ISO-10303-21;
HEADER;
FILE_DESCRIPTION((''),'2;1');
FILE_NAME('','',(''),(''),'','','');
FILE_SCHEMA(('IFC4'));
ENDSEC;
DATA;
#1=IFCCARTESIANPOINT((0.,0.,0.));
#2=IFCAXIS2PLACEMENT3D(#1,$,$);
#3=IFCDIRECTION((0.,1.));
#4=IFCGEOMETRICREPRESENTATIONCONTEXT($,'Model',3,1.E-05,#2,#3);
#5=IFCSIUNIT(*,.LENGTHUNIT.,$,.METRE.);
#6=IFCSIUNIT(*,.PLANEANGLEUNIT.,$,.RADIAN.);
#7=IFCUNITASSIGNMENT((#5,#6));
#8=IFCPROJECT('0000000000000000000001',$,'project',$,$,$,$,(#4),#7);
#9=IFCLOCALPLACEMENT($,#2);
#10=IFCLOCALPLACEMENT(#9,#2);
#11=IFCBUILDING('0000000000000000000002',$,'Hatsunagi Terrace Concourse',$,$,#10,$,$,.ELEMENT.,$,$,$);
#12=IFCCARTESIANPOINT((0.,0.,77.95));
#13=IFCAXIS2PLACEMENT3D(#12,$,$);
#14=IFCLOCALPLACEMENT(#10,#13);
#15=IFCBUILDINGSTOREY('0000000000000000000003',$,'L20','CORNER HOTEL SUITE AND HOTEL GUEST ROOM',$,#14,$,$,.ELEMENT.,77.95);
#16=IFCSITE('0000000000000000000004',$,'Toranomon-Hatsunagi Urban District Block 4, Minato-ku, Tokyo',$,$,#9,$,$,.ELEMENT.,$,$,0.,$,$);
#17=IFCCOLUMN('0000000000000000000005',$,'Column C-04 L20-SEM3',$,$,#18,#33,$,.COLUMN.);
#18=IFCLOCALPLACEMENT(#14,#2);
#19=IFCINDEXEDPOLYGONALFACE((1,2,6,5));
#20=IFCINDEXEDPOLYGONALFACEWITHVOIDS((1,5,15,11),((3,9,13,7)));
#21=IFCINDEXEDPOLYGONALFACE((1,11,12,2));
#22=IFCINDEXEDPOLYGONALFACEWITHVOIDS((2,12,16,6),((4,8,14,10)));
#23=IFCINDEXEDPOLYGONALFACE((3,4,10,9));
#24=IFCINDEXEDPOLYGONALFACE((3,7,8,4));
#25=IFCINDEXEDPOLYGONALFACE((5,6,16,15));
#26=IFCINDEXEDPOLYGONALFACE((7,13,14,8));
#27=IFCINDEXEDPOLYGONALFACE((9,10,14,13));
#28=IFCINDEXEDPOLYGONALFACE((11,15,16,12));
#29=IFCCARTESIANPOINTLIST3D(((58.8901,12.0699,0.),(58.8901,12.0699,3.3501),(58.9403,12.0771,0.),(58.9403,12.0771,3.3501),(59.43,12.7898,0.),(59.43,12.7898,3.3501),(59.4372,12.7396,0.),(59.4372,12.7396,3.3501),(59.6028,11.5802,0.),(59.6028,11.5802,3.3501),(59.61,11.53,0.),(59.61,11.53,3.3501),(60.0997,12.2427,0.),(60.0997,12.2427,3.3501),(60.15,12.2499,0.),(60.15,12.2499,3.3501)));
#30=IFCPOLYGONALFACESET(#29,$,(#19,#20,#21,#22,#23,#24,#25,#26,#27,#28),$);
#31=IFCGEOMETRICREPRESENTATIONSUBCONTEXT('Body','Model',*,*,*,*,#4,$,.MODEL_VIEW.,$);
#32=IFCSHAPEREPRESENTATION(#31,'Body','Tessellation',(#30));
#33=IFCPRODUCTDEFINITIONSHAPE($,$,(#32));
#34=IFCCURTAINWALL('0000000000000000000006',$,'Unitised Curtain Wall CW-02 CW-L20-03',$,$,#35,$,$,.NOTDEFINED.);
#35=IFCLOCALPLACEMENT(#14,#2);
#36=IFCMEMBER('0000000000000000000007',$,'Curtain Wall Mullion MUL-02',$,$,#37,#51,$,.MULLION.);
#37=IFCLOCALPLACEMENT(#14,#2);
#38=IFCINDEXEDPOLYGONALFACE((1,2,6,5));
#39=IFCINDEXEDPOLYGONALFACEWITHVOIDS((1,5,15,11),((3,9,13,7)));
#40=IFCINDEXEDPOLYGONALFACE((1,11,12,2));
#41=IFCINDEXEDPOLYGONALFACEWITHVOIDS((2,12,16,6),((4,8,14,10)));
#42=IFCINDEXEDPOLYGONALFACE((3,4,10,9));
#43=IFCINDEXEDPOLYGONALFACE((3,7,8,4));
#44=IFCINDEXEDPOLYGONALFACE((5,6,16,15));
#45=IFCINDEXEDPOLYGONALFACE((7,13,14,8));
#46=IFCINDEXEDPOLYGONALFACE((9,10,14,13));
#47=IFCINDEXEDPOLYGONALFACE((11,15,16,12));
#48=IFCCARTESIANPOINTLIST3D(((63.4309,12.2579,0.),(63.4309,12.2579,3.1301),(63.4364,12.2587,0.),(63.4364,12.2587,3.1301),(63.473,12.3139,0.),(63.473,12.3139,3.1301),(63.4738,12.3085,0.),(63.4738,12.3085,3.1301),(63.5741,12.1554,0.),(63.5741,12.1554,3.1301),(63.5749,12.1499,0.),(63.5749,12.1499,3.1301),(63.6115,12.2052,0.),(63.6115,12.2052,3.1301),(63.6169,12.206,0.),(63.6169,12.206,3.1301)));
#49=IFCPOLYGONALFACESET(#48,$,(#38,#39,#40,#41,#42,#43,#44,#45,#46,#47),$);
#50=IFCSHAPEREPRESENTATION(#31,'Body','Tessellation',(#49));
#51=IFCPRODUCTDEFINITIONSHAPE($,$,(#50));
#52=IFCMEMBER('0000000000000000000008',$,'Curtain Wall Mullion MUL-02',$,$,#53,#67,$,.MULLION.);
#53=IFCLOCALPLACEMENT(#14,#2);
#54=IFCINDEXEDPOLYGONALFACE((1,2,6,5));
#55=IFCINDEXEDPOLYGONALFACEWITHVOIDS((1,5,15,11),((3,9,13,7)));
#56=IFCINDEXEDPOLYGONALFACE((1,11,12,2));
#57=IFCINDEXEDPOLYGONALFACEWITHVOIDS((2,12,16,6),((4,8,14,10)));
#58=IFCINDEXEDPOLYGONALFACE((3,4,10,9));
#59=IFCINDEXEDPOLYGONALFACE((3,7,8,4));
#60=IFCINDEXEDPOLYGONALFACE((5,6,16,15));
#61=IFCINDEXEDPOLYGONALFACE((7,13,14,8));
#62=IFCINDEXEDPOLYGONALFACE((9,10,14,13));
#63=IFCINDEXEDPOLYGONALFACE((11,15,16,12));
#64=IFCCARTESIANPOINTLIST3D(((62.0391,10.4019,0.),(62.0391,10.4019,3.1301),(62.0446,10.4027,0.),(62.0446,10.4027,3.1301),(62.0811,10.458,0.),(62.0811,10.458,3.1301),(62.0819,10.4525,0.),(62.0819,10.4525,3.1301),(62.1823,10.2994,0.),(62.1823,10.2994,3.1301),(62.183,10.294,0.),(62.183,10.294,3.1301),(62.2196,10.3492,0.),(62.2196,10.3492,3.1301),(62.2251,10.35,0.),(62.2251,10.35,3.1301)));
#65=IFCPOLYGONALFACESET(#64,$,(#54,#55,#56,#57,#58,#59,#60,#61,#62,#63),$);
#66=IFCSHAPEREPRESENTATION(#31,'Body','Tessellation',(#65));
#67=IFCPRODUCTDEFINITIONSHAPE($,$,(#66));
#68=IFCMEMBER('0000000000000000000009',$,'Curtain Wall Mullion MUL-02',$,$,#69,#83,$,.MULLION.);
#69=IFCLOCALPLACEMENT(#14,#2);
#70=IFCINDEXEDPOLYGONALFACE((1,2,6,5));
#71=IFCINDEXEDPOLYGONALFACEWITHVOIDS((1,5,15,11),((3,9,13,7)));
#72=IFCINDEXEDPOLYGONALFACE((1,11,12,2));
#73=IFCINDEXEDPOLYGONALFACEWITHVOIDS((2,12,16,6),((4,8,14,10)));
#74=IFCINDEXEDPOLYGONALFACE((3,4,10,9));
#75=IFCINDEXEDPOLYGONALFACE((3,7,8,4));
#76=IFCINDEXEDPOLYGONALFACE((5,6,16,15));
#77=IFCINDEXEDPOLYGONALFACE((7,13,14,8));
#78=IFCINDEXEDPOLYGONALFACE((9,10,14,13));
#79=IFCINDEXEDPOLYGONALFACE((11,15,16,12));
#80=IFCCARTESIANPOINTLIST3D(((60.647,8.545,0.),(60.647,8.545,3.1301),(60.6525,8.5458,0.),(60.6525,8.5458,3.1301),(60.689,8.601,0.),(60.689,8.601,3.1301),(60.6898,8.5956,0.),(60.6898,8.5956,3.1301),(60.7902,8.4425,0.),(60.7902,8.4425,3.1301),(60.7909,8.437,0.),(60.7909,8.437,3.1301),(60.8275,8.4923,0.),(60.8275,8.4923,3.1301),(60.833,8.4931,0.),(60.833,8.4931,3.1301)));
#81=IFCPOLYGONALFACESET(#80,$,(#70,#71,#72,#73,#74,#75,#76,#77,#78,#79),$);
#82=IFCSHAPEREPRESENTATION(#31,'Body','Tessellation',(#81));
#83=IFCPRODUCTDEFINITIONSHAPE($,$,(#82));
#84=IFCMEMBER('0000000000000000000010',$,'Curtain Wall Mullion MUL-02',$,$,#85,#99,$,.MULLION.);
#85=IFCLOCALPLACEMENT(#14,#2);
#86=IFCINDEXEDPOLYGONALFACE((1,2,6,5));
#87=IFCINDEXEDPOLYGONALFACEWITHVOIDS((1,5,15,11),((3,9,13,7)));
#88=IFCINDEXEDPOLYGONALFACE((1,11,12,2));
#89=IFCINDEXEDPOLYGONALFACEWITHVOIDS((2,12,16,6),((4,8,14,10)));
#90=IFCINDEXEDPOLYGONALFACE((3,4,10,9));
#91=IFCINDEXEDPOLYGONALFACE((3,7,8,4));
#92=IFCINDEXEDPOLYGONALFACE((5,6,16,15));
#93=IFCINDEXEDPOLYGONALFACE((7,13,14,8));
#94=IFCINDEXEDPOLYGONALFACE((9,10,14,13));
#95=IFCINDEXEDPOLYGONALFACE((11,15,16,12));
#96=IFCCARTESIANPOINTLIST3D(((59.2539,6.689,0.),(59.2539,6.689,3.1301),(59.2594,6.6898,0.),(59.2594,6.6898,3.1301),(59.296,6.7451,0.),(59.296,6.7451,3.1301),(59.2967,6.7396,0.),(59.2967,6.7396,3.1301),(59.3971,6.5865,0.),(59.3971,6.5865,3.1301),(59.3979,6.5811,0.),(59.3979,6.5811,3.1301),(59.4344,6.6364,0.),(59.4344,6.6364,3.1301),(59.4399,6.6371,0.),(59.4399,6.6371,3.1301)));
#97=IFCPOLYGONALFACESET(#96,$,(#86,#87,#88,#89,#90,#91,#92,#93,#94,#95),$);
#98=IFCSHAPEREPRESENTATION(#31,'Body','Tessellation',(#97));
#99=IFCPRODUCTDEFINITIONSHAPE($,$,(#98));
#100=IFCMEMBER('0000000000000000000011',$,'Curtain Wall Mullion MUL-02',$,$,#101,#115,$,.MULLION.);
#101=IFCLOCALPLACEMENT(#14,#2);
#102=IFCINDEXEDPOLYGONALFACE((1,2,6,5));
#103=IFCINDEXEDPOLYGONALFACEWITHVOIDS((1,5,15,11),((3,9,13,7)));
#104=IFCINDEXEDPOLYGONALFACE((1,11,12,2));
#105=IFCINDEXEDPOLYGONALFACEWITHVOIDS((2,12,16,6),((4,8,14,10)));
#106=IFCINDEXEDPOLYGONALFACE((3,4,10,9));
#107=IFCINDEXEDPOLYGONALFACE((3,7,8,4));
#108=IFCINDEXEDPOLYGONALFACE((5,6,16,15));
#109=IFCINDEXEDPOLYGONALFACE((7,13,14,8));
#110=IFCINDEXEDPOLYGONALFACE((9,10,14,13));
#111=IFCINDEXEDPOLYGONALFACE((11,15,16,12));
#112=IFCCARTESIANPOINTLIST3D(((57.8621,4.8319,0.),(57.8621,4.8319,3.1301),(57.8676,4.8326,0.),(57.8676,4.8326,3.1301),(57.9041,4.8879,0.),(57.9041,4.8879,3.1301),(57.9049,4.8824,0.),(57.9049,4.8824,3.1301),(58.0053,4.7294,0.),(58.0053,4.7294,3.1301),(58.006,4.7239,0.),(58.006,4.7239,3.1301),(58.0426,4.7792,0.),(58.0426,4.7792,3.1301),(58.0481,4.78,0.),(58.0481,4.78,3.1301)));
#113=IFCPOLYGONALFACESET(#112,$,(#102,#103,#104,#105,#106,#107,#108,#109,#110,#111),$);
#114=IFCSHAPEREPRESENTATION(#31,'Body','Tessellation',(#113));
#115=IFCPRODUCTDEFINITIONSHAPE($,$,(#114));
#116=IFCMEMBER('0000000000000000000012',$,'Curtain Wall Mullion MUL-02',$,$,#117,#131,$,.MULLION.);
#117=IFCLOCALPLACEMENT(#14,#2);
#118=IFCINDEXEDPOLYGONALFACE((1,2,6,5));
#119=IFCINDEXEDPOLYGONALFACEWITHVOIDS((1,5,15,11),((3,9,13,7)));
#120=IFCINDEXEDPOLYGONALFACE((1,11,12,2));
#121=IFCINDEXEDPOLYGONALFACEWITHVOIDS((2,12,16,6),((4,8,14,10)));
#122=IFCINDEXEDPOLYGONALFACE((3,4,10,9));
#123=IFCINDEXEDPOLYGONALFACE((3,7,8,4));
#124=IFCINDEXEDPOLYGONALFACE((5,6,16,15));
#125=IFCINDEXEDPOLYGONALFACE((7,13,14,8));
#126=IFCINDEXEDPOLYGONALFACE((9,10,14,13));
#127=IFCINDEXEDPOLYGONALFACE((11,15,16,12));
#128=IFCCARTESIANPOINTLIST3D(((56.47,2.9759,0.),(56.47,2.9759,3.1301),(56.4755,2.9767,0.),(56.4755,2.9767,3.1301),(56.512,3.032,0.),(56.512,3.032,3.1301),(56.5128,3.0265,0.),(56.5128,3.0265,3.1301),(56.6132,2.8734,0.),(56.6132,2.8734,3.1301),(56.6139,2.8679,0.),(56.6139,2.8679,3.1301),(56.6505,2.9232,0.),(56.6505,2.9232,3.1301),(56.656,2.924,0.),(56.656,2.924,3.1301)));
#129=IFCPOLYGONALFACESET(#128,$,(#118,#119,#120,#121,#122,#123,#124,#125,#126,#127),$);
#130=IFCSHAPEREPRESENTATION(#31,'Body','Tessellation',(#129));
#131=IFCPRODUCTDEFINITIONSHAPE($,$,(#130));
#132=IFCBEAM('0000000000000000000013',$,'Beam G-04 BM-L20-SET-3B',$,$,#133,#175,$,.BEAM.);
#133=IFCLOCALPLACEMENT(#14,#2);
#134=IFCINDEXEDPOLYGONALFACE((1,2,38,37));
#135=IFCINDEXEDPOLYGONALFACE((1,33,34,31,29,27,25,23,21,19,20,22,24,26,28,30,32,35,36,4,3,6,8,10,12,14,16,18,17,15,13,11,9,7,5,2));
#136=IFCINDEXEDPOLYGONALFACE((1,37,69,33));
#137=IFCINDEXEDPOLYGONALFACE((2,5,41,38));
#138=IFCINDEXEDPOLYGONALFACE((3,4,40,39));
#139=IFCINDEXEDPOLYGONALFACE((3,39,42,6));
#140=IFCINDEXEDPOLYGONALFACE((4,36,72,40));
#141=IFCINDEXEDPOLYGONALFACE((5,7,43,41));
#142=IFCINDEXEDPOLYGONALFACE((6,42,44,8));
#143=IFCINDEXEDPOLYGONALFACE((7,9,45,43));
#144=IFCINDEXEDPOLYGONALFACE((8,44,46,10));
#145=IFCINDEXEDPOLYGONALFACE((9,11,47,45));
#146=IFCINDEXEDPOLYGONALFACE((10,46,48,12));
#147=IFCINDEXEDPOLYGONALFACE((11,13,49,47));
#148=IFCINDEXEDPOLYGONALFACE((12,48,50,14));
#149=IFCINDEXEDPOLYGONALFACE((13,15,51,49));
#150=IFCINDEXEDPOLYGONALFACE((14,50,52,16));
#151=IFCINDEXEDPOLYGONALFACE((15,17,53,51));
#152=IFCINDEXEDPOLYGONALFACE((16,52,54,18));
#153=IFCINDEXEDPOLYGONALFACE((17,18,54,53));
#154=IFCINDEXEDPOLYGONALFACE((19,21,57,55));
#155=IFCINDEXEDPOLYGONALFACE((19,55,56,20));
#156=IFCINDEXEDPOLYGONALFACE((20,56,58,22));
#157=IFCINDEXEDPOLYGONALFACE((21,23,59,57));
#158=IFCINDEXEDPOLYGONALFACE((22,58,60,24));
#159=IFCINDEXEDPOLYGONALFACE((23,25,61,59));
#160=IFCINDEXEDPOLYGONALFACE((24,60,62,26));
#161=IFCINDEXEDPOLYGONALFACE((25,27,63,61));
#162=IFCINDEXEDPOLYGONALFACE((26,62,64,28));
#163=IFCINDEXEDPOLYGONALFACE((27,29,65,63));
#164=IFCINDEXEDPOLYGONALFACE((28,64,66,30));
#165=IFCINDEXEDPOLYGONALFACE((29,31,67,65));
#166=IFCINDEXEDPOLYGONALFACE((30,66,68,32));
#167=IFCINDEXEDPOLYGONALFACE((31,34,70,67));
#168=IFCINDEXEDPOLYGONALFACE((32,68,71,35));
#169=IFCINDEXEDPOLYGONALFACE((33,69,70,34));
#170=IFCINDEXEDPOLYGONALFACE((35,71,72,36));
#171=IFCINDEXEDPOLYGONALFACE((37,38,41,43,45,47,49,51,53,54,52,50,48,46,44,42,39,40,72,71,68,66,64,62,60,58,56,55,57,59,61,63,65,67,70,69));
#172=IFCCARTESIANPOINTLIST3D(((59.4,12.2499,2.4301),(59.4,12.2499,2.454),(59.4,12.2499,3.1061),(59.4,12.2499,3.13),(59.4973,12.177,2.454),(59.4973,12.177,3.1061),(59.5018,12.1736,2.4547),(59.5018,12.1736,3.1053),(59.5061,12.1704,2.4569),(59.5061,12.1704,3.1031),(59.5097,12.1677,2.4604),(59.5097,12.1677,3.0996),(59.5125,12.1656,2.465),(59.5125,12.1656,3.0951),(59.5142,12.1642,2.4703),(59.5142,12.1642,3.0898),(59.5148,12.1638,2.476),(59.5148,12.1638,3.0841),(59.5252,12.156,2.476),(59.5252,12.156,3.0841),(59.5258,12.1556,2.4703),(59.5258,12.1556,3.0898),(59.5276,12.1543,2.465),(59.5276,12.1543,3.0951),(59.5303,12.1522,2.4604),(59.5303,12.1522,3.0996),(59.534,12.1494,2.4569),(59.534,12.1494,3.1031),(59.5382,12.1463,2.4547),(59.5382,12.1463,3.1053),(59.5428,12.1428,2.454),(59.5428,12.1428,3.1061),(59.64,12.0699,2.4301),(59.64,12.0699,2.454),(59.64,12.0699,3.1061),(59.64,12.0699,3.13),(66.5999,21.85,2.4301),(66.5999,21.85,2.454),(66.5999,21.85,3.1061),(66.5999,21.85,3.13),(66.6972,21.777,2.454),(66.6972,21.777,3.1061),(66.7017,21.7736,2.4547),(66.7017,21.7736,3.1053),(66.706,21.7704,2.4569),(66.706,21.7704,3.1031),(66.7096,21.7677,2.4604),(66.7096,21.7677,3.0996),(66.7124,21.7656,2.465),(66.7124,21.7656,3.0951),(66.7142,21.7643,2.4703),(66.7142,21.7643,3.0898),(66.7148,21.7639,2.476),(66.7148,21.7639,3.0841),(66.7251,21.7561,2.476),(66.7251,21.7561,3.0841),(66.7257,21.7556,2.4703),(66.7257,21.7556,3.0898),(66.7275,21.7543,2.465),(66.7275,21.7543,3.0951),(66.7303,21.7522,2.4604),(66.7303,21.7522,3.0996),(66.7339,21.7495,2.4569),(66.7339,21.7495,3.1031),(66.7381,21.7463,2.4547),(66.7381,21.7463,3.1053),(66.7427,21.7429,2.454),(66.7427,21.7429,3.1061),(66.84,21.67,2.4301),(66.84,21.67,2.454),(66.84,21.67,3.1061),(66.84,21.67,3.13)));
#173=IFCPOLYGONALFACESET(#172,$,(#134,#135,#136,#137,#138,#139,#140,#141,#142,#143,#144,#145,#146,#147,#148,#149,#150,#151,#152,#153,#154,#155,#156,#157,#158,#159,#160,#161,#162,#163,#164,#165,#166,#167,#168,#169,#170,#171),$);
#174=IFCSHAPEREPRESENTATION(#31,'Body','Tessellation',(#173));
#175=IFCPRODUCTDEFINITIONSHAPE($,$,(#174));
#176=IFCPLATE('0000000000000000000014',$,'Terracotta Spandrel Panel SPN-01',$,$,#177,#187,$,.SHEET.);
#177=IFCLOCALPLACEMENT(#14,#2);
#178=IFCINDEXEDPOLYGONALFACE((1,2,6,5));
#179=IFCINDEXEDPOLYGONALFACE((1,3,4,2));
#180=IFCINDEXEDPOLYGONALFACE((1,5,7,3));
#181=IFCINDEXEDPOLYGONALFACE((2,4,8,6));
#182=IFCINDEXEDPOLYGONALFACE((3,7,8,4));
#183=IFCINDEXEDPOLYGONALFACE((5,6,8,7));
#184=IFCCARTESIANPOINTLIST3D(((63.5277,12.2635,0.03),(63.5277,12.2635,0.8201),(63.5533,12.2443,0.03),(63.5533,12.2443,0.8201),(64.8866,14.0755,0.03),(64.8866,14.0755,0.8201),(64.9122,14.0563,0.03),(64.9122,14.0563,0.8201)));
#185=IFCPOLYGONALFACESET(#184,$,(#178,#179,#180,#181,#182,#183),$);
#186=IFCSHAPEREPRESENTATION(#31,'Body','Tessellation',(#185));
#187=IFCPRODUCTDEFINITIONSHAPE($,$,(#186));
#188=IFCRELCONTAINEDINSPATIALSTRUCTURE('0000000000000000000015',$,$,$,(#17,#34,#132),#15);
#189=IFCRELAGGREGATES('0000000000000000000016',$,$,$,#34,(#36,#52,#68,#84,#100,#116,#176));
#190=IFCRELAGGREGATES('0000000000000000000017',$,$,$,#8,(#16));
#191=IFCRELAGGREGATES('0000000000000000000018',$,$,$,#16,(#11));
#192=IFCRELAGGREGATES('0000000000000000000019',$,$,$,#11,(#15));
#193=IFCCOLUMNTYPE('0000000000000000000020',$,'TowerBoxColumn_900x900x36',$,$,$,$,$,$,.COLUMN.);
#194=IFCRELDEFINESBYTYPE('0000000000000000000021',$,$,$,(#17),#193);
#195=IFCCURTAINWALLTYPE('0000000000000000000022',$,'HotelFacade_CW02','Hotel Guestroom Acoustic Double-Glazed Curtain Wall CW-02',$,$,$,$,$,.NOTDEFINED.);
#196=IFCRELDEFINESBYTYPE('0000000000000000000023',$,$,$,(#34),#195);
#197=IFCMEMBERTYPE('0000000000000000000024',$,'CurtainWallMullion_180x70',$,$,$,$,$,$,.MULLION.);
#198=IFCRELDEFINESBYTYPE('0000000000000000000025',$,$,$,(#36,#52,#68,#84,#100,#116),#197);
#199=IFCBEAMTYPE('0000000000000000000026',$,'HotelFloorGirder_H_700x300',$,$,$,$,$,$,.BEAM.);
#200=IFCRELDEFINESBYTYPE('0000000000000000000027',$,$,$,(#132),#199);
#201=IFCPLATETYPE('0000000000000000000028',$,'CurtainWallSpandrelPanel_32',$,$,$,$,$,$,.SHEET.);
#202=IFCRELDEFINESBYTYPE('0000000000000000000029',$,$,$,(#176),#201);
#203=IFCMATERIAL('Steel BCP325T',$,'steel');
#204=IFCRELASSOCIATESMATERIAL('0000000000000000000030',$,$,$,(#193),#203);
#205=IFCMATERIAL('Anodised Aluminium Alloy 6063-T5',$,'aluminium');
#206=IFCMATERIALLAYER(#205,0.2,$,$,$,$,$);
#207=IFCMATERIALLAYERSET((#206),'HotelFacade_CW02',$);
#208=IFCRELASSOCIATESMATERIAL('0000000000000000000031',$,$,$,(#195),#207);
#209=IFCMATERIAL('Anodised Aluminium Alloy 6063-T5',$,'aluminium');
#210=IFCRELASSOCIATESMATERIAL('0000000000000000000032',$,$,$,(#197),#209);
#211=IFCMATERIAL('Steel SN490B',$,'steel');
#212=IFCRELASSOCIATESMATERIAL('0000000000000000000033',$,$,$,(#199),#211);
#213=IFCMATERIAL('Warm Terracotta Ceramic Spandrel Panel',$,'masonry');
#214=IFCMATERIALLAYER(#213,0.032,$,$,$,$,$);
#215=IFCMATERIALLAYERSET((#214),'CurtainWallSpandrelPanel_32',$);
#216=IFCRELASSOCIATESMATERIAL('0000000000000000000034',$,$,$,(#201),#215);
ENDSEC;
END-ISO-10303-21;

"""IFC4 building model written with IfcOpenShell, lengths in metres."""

from ifc_helpers import new_model, si_unit, direction, frame, origin, origin_2d, place, context, subcontext, project, spatial, rectangle, hollow_rectangle, i_section, extrude, material, layer, layer_set, material_profile, profile_set, type_object, element, aggregate, save


model = new_model("IFC4")

# Units and contexts
model_context = context("Model", 3, precision=1e-05, world=origin(), true_north=direction((0.0, 1.0)))
body_context = subcontext(model_context, "Body", "Model", "MODEL_VIEW")
ifc_project = project(units=[si_unit("LENGTHUNIT", "METRE"), si_unit("PLANEANGLEUNIT", "RADIAN")], contexts=[model_context])

# Site, building, storey
site_placement = place(None, origin())
site = spatial("IfcSite", under=ifc_project, at=site_placement, Name="Toranomon-Hatsunagi Urban District Block 4, Minato-ku, Tokyo", CompositionType="ELEMENT", RefElevation=0.0)
building_placement = place(site_placement, origin())
building = spatial("IfcBuilding", under=site, at=building_placement, Name="Hatsunagi Terrace Concourse", CompositionType="ELEMENT")
storey_placement = place(building_placement, frame((0.0, 0.0, 77.95)))
storey = spatial("IfcBuildingStorey", under=building, at=storey_placement, Name="L20", Description="CORNER HOTEL SUITE AND HOTEL GUEST ROOM", CompositionType="ELEMENT", Elevation=77.95)

# Column
ifc_material_1 = material(Name="Steel BCP325T", Category="steel")
ifc_material_profile_1 = material_profile(ifc_material_1, hollow_rectangle(XDim=0.8999, YDim=0.8999, WallThickness=0.0359, at=origin_2d()), Name="BCP-900x900x36")
ifc_profile_set_1 = profile_set([ifc_material_profile_1], Name="Steel BCP325T")
column_type = type_object("IfcColumnType", Name="TowerBoxColumn_900x900x36", PredefinedType="COLUMN", material=ifc_profile_set_1)
column_placement = place(storey_placement, frame((59.52, 12.1599, 0.0), z_axis=(0.0, 0.0, 1.0), x_axis=(0.8, -0.6, 0.0)))
element("IfcColumn", 1, at=column_placement, inside=storey, type_object=column_type, Name="Column C-04 L20-SEM3", PredefinedType="COLUMN", context=body_context, shape_type="SweptSolid", body=[
    extrude(hollow_rectangle(XDim=0.8999, YDim=0.8999, WallThickness=0.0359, at=origin_2d()), origin(), (0.0, 0.0, 1.0), 3.3501),
])

# Curtain wall, members
ifc_material_2 = material(Name="Anodised Aluminium Alloy 6063-T5", Category="aluminium")
ifc_layer_1 = layer(ifc_material_2, 0.2)
ifc_layer_set_1 = layer_set([ifc_layer_1], Name="HotelFacade_CW02")
curtain_wall_type = type_object("IfcCurtainWallType", Name="HotelFacade_CW02", Description="Hotel Guestroom Acoustic Double-Glazed Curtain Wall CW-02", PredefinedType="NOTDEFINED", material=ifc_layer_set_1)
curtain_wall_placement = place(storey_placement, origin())
curtain_wall = element("IfcCurtainWall", 2, at=curtain_wall_placement, inside=storey, type_object=curtain_wall_type, Name="Unitised Curtain Wall CW-02 CW-L20-03", PredefinedType="NOTDEFINED")
ifc_material_3 = material(Name="Anodised Aluminium Alloy 6063-T5", Category="aluminium")
ifc_material_profile_2 = material_profile(ifc_material_3, hollow_rectangle(XDim=0.0701, YDim=0.1799, WallThickness=0.0039, at=origin_2d()), Name="ALU-MUL-180x70x4")
ifc_profile_set_2 = profile_set([ifc_material_profile_2], Name="Anodised Aluminium Alloy 6063-T5")
member_type = type_object("IfcMemberType", Name="CurtainWallMullion_180x70", PredefinedType="MULLION", material=ifc_profile_set_2)
member_1_placement = place(storey_placement, frame((63.5239, 12.2319, 0.0), z_axis=(0.0, 0.0, 1.0), x_axis=(-0.599969, -0.800023, 0.0)))
member_1 = element("IfcMember", 3, at=member_1_placement, type_object=member_type, Name="Curtain Wall Mullion MUL-02", PredefinedType="MULLION", context=body_context, shape_type="SweptSolid", body=[
    extrude(hollow_rectangle(XDim=0.0701, YDim=0.1799, WallThickness=0.0039, at=origin_2d()), origin(), (0.0, 0.0, 1.0), 3.1301),
])
member_2_placement = place(storey_placement, frame((62.1321, 10.376, 0.0), z_axis=(0.0, 0.0, 1.0), x_axis=(-0.599969, -0.800023, 0.0)))
member_2 = element("IfcMember", 4, at=member_2_placement, type_object=member_type, Name="Curtain Wall Mullion MUL-02", PredefinedType="MULLION", context=body_context, shape_type="SweptSolid", body=[
    extrude(hollow_rectangle(XDim=0.0701, YDim=0.1799, WallThickness=0.0039, at=origin_2d()), origin(), (0.0, 0.0, 1.0), 3.1301),
])
member_3_placement = place(storey_placement, frame((60.74, 8.519, 0.0), z_axis=(0.0, 0.0, 1.0), x_axis=(-0.599969, -0.800023, 0.0)))
member_3 = element("IfcMember", 5, at=member_3_placement, type_object=member_type, Name="Curtain Wall Mullion MUL-02", PredefinedType="MULLION", context=body_context, shape_type="SweptSolid", body=[
    extrude(hollow_rectangle(XDim=0.0701, YDim=0.1799, WallThickness=0.0039, at=origin_2d()), origin(), (0.0, 0.0, 1.0), 3.1301),
])
member_4_placement = place(storey_placement, frame((59.3469, 6.6631, 0.0), z_axis=(0.0, 0.0, 1.0), x_axis=(-0.599969, -0.800023, 0.0)))
member_4 = element("IfcMember", 6, at=member_4_placement, type_object=member_type, Name="Curtain Wall Mullion MUL-02", PredefinedType="MULLION", context=body_context, shape_type="SweptSolid", body=[
    extrude(hollow_rectangle(XDim=0.0701, YDim=0.1799, WallThickness=0.0039, at=origin_2d()), origin(), (0.0, 0.0, 1.0), 3.1301),
])
member_5_placement = place(storey_placement, frame((57.9551, 4.8059, 0.0), z_axis=(0.0, 0.0, 1.0), x_axis=(-0.599969, -0.800023, 0.0)))
member_5 = element("IfcMember", 7, at=member_5_placement, type_object=member_type, Name="Curtain Wall Mullion MUL-02", PredefinedType="MULLION", context=body_context, shape_type="SweptSolid", body=[
    extrude(hollow_rectangle(XDim=0.0701, YDim=0.1799, WallThickness=0.0039, at=origin_2d()), origin(), (0.0, 0.0, 1.0), 3.1301),
])
member_6_placement = place(storey_placement, frame((56.563, 2.95, 0.0), z_axis=(0.0, 0.0, 1.0), x_axis=(-0.599969, -0.800023, 0.0)))
member_6 = element("IfcMember", 8, at=member_6_placement, type_object=member_type, Name="Curtain Wall Mullion MUL-02", PredefinedType="MULLION", context=body_context, shape_type="SweptSolid", body=[
    extrude(hollow_rectangle(XDim=0.0701, YDim=0.1799, WallThickness=0.0039, at=origin_2d()), origin(), (0.0, 0.0, 1.0), 3.1301),
])

# Beam
ifc_material_4 = material(Name="Steel SN490B", Category="steel")
ifc_material_profile_3 = material_profile(ifc_material_4, i_section(OverallWidth=0.3, OverallDepth=0.7, WebThickness=0.0129, FlangeThickness=0.0239, FilletRadius=0.022, at=origin_2d()), Name="H-700x300x13x24")
ifc_profile_set_3 = profile_set([ifc_material_profile_3], Name="Steel SN490B")
beam_type = type_object("IfcBeamType", Name="HotelFloorGirder_H_700x300", PredefinedType="BEAM", material=ifc_profile_set_3)
beam_placement = place(storey_placement, frame((59.52, 12.1599, 2.78), z_axis=(0.599993, 0.800005, 0.0), x_axis=(-0.800005, 0.599993, 0.0)))
element("IfcBeam", 9, at=beam_placement, inside=storey, type_object=beam_type, Name="Beam G-04 BM-L20-SET-3B", PredefinedType="BEAM", context=body_context, shape_type="SweptSolid", body=[
    extrude(i_section(OverallWidth=0.3, OverallDepth=0.7, WebThickness=0.0129, FlangeThickness=0.0239, FilletRadius=0.022, at=origin_2d()), origin(), (0.0, 0.0, 1.0), 12.0),
])

# Plate
ifc_material_5 = material(Name="Warm Terracotta Ceramic Spandrel Panel", Category="masonry")
ifc_layer_2 = layer(ifc_material_5, 0.032)
ifc_layer_set_2 = layer_set([ifc_layer_2], Name="CurtainWallSpandrelPanel_32")
plate_type_1 = type_object("IfcPlateType", Name="CurtainWallSpandrelPanel_32", PredefinedType="SHEET", material=ifc_layer_set_2)
plate_1_placement = place(storey_placement, frame((64.22, 13.1599, 0.03), z_axis=(0.0, 0.0, 1.0), x_axis=(-0.599969, -0.800023, 0.0)))
plate_1 = element("IfcPlate", 10, at=plate_1_placement, type_object=plate_type_1, Name="Terracotta Spandrel Panel SPN-01", PredefinedType="SHEET", context=body_context, shape_type="SweptSolid", body=[
    extrude(rectangle(XDim=2.2649, YDim=0.032, at=origin_2d()), origin(), (0.0, 0.0, 1.0), 0.79),
])
aggregate(curtain_wall, [member_1, member_2, member_3, member_4, member_5, member_6, plate_1])

save(model, "model.ifc")
